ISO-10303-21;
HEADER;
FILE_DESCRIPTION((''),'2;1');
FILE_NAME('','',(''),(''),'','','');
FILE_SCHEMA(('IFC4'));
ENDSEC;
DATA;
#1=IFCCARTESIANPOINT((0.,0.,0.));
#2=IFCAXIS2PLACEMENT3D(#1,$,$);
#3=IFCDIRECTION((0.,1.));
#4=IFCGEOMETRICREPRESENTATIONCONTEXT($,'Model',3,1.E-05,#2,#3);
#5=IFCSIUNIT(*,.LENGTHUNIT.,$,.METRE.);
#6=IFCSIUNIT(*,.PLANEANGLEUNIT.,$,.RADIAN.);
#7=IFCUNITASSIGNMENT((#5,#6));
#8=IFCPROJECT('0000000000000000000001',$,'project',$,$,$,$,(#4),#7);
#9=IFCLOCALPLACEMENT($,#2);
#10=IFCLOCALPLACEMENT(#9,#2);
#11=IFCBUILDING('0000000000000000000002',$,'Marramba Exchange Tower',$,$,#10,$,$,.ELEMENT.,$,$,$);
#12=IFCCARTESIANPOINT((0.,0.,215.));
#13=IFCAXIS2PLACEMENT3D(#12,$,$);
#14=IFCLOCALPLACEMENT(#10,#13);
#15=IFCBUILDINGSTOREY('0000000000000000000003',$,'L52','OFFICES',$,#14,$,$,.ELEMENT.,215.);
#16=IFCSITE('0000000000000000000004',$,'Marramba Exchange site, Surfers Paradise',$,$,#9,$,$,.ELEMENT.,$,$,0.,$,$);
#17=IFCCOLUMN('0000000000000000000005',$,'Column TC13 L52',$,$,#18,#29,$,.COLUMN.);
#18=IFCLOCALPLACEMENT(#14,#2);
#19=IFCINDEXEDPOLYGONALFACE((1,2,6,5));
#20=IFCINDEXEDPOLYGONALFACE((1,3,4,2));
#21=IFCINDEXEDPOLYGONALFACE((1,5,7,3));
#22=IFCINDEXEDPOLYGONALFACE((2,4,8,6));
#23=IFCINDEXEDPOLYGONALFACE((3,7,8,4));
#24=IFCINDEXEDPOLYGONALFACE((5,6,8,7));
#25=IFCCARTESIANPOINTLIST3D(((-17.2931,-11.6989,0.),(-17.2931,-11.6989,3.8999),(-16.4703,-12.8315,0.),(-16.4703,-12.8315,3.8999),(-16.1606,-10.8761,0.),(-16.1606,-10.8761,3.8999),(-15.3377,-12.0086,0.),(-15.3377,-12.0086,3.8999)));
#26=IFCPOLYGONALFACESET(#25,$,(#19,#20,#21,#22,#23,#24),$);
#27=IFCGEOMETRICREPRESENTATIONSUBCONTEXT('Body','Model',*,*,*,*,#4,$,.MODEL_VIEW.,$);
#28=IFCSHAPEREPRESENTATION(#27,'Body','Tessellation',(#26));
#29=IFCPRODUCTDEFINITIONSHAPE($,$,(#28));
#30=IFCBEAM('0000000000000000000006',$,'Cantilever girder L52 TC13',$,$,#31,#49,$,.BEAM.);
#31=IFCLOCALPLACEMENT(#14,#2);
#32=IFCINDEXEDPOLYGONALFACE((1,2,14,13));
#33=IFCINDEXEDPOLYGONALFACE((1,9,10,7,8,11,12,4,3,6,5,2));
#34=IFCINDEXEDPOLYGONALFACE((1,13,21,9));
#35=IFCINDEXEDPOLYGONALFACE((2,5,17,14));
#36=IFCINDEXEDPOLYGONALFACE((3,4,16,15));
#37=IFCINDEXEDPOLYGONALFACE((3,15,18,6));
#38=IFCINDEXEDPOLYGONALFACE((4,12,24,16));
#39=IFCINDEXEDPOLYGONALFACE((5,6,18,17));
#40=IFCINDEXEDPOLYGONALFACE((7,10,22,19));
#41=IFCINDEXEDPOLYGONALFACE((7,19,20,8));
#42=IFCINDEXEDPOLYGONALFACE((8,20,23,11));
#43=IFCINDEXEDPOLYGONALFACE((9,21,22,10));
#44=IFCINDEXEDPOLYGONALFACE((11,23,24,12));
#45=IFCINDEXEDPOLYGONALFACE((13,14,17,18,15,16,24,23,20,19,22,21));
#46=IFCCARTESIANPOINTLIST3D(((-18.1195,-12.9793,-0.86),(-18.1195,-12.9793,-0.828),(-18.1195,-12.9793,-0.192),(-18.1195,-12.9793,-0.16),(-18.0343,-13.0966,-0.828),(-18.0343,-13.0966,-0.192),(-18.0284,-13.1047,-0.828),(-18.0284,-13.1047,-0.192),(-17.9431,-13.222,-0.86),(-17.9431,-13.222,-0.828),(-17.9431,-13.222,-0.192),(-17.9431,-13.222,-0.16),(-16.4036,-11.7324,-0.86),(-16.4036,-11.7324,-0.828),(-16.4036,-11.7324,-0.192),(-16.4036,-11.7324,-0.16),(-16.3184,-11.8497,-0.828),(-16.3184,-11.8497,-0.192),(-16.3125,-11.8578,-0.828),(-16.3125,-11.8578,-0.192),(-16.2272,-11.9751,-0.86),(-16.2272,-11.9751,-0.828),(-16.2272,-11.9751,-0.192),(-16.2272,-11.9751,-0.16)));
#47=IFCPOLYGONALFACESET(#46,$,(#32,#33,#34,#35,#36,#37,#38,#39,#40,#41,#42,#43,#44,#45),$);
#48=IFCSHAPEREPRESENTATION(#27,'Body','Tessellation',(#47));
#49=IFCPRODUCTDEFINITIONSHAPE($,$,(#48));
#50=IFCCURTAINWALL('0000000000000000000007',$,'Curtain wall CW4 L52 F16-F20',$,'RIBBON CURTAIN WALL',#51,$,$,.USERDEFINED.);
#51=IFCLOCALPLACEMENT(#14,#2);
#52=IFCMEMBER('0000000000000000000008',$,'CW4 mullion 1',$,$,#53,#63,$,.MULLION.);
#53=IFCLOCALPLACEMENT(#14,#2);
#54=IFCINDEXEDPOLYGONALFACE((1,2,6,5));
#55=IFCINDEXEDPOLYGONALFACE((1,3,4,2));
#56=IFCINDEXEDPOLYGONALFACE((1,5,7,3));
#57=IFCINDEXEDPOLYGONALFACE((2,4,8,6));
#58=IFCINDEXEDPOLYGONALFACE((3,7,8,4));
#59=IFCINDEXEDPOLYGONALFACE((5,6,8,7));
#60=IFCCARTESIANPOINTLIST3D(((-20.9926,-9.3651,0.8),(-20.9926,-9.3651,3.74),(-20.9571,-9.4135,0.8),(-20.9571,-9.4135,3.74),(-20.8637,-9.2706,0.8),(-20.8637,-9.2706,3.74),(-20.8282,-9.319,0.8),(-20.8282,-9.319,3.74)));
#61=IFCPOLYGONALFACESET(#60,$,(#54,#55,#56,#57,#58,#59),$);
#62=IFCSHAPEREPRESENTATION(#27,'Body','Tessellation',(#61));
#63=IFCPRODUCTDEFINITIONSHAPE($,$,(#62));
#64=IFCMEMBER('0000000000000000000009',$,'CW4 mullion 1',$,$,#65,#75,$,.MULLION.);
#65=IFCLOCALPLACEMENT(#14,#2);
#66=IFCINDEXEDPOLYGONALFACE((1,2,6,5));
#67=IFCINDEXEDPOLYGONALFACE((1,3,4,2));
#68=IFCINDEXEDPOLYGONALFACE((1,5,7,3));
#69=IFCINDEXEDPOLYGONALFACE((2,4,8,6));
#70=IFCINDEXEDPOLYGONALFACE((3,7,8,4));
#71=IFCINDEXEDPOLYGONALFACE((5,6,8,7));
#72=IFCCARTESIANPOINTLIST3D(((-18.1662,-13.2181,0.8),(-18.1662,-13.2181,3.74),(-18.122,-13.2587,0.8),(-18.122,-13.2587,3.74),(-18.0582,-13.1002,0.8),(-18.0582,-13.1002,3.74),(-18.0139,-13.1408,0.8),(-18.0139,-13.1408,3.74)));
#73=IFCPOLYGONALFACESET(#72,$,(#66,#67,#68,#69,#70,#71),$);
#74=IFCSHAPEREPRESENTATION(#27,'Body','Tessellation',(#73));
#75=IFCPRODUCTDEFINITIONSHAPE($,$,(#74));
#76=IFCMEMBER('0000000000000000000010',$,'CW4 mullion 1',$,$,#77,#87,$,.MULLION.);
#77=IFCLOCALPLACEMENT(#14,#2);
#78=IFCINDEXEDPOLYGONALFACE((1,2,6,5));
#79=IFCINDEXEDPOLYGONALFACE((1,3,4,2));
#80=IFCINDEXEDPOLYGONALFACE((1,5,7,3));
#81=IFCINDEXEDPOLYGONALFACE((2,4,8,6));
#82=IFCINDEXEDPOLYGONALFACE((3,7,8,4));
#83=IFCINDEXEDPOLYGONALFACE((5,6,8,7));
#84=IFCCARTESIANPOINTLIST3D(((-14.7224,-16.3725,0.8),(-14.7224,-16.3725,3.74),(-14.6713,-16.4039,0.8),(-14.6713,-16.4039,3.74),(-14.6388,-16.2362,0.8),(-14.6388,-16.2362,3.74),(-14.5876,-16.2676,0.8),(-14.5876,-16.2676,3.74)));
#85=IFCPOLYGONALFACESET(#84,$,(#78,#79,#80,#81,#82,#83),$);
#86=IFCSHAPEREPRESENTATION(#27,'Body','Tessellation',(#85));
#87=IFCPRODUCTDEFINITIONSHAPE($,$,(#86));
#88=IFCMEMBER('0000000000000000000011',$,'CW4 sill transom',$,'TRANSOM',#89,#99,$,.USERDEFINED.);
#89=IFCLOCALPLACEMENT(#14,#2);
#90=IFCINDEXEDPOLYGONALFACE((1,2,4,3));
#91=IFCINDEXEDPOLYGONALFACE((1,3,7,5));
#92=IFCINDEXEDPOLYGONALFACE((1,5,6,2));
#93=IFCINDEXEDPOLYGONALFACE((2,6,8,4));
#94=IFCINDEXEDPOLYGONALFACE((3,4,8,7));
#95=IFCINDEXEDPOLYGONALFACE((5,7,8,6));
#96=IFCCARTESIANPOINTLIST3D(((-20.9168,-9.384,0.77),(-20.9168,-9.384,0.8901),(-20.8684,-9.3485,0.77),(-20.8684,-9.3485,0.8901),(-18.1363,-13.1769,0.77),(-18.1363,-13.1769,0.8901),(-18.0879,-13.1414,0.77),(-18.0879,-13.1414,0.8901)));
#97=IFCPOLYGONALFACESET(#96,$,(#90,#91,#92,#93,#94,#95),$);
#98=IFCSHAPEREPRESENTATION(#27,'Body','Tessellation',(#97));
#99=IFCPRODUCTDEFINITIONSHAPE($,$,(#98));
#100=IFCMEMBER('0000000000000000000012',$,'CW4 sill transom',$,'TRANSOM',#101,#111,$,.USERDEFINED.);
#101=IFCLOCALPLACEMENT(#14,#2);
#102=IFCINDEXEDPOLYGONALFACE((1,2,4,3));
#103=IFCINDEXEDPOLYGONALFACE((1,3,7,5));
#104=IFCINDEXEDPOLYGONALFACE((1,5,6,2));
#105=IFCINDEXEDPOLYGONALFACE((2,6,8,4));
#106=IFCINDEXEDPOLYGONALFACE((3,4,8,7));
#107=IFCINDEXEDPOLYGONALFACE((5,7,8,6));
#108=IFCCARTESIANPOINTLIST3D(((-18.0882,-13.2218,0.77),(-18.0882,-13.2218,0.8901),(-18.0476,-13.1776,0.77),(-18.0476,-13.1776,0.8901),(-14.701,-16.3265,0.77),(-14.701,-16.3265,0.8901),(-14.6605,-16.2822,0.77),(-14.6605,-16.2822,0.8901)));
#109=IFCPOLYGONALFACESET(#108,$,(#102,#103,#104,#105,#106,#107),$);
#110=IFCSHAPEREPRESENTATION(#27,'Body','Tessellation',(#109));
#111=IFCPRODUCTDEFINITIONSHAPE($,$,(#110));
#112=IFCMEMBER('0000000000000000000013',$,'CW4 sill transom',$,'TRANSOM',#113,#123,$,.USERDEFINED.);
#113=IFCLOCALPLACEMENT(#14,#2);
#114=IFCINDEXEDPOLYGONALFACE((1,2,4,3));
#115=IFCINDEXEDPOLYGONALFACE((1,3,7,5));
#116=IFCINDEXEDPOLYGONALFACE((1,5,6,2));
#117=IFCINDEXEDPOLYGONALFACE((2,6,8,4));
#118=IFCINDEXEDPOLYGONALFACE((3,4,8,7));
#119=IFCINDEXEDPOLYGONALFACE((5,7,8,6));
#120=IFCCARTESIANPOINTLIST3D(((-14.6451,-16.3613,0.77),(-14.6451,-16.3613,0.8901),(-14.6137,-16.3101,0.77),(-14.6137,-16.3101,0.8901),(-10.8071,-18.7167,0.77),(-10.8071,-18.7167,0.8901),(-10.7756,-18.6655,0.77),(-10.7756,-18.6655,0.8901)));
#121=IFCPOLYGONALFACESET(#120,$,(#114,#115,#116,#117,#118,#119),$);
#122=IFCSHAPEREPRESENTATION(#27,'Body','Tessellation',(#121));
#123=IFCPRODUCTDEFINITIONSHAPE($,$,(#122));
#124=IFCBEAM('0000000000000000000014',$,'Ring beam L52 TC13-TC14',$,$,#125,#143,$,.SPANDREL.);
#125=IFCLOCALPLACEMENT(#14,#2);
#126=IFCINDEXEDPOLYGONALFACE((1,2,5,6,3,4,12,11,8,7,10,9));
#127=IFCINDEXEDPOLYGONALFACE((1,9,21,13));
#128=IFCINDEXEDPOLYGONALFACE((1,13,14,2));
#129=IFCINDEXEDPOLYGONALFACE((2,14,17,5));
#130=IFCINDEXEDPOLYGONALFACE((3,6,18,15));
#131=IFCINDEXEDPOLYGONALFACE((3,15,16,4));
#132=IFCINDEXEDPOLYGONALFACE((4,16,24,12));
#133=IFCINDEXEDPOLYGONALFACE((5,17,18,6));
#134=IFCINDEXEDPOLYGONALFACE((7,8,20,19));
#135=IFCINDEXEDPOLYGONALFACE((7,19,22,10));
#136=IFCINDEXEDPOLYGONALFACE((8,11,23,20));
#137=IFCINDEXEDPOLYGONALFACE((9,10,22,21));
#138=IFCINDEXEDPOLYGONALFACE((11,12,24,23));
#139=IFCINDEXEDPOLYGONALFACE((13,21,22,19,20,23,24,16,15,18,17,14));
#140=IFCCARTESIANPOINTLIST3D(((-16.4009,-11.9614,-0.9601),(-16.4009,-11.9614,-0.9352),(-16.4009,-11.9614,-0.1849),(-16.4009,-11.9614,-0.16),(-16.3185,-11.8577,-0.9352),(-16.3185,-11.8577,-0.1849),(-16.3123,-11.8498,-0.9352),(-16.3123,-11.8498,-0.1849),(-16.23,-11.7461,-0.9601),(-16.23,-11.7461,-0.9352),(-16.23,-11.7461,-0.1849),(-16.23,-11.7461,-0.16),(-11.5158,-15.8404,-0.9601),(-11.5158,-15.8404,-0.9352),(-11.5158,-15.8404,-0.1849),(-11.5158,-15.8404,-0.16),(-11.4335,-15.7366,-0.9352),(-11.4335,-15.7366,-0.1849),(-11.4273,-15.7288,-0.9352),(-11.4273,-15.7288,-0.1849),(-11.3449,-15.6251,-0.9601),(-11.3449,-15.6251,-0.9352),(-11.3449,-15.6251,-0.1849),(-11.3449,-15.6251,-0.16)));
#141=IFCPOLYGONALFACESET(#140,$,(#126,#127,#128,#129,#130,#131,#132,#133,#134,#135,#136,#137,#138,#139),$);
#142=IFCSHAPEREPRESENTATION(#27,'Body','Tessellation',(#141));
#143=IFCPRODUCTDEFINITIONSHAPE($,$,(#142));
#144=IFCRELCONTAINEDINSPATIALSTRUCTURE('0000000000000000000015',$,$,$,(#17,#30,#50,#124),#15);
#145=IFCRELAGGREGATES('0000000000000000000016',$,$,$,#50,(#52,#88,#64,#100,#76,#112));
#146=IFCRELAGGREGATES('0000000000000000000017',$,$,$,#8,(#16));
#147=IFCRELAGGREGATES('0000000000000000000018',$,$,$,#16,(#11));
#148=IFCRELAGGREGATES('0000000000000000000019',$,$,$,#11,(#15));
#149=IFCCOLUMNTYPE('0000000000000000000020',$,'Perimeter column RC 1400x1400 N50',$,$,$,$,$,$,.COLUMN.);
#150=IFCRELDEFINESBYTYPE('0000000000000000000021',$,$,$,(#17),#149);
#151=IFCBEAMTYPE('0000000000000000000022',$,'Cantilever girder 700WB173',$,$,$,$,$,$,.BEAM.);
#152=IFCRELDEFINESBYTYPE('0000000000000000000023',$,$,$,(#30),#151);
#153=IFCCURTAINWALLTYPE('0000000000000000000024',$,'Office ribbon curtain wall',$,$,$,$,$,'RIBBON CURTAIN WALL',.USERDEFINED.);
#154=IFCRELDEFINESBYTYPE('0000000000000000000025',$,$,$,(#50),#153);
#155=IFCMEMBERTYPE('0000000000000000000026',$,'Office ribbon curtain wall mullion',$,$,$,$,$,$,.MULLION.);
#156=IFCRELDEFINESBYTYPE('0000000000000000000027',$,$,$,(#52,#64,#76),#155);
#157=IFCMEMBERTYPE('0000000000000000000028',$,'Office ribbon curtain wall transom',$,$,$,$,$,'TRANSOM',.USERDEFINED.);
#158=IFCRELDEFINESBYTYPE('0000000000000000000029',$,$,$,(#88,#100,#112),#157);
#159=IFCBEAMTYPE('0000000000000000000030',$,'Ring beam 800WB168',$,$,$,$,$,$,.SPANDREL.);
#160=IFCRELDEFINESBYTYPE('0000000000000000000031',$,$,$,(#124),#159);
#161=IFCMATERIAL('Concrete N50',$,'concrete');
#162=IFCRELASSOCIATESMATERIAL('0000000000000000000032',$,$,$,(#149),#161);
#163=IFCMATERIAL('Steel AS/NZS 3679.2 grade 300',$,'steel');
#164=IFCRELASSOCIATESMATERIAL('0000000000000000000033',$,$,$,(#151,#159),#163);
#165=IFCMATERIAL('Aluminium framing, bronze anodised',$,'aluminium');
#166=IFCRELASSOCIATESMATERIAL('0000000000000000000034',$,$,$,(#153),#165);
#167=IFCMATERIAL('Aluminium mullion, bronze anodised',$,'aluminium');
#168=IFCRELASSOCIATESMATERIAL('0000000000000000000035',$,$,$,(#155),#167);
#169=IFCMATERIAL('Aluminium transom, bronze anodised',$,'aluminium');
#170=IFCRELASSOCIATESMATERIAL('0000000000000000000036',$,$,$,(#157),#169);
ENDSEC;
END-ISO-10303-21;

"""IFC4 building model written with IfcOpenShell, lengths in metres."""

from ifc_helpers import new_model, si_unit, direction, frame, origin, origin_2d, place, context, subcontext, project, spatial, rectangle, i_section, extrude, material, material_profile, profile_set, type_object, element, aggregate, save


model = new_model("IFC4")

# Units and contexts
model_context = context("Model", 3, precision=1e-05, world=origin(), true_north=direction((0.0, 1.0)))
body_context = subcontext(model_context, "Body", "Model", "MODEL_VIEW")
ifc_project = project(units=[si_unit("LENGTHUNIT", "METRE"), si_unit("PLANEANGLEUNIT", "RADIAN")], contexts=[model_context])

# Site, building, storey
site_placement = place(None, origin())
site = spatial("IfcSite", under=ifc_project, at=site_placement, Name="Marramba Exchange site, Surfers Paradise", CompositionType="ELEMENT", RefElevation=0.0)
building_placement = place(site_placement, origin())
building = spatial("IfcBuilding", under=site, at=building_placement, Name="Marramba Exchange Tower", CompositionType="ELEMENT")
storey_placement = place(building_placement, frame((0.0, 0.0, 215.0)))
storey = spatial("IfcBuildingStorey", under=building, at=storey_placement, Name="L52", Description="OFFICES", CompositionType="ELEMENT", Elevation=215.0)

# Column
ifc_material_1 = material(Name="Concrete N50", Category="concrete")
ifc_material_profile_1 = material_profile(ifc_material_1, rectangle(XDim=1.3999, YDim=1.3999, at=origin_2d()), Name="RC 1400x1400")
ifc_profile_set_1 = profile_set([ifc_material_profile_1], Name="Concrete N50")
column_type = type_object("IfcColumnType", Name="Perimeter column RC 1400x1400 N50", PredefinedType="COLUMN", material=ifc_profile_set_1)
column_placement = place(storey_placement, frame((-16.3154, -11.8538, 0.0), z_axis=(0.0, 0.0, 1.0), x_axis=(-0.809017, -0.587785, 0.0)))
element("IfcColumn", 1, at=column_placement, inside=storey, type_object=column_type, Name="Column TC13 L52", PredefinedType="COLUMN", context=body_context, shape_type="SweptSolid", body=[
    extrude(rectangle(XDim=1.3999, YDim=1.3999, at=origin_2d()), origin(), (0.0, 0.0, 1.0), 3.8999),
])

# Beam
ifc_material_2 = material(Name="Steel AS/NZS 3679.2 grade 300", Category="steel")
ifc_material_profile_2 = material_profile(ifc_material_2, i_section(OverallWidth=0.3, OverallDepth=0.7, WebThickness=0.01, FlangeThickness=0.032, at=origin_2d()), Name="700WB173")
ifc_profile_set_2 = profile_set([ifc_material_profile_2], Name="Steel AS/NZS 3679.2 grade 300")
beam_type_1 = type_object("IfcBeamType", Name="Cantilever girder 700WB173", PredefinedType="BEAM", material=ifc_profile_set_2)
beam_1_placement = place(storey_placement, frame((-16.3154, -11.8538, -0.51), z_axis=(-0.80897, -0.58785, 0.0), x_axis=(0.58785, -0.80897, 0.0)))
element("IfcBeam", 2, at=beam_1_placement, inside=storey, type_object=beam_type_1, Name="Cantilever girder L52 TC13", PredefinedType="BEAM", context=body_context, shape_type="SweptSolid", body=[
    extrude(i_section(OverallWidth=0.3, OverallDepth=0.7, WebThickness=0.01, FlangeThickness=0.032, at=origin_2d()), origin(), (0.0, 0.0, 1.0), 2.1211),
])

# Curtain wall, members
ifc_material_3 = material(Name="Aluminium framing, bronze anodised", Category="aluminium")
curtain_wall_type = type_object("IfcCurtainWallType", Name="Office ribbon curtain wall", ElementType="RIBBON CURTAIN WALL", PredefinedType="USERDEFINED", material=ifc_material_3)
curtain_wall_placement = place(storey_placement, origin())
curtain_wall = element("IfcCurtainWall", 3, at=curtain_wall_placement, inside=storey, type_object=curtain_wall_type, Name="Curtain wall CW4 L52 F16-F20", ObjectType="RIBBON CURTAIN WALL", PredefinedType="USERDEFINED")
ifc_material_4 = material(Name="Aluminium mullion, bronze anodised", Category="aluminium")
ifc_material_profile_3 = material_profile(ifc_material_4, rectangle(XDim=0.1599, YDim=0.0601, at=origin_2d()), Name="CW4 mullion 60x160")
ifc_profile_set_3 = profile_set([ifc_material_profile_3], Name="Aluminium mullion, bronze anodised")
member_type_1 = type_object("IfcMemberType", Name="Office ribbon curtain wall mullion", PredefinedType="MULLION", material=ifc_profile_set_3)
member_1_placement = place(storey_placement, frame((-20.9104, -9.342, 0.8), z_axis=(0.0, 0.0, 1.0), x_axis=(0.806508, 0.591223, 0.0)))
member_1 = element("IfcMember", 4, at=member_1_placement, type_object=member_type_1, Name="CW4 mullion 1", PredefinedType="MULLION", context=body_context, shape_type="SweptSolid", body=[
    extrude(rectangle(XDim=0.1599, YDim=0.0601, at=origin_2d()), origin(), (0.0, 0.0, 1.0), 2.9399),
])
member_2_placement = place(storey_placement, frame((-18.0901, -13.1794, 0.8), z_axis=(0.0, 0.0, 1.0), x_axis=(0.675671, 0.737203, 0.0)))
member_2 = element("IfcMember", 5, at=member_2_placement, type_object=member_type_1, Name="CW4 mullion 1", PredefinedType="MULLION", context=body_context, shape_type="SweptSolid", body=[
    extrude(rectangle(XDim=0.1599, YDim=0.0601, at=origin_2d()), origin(), (0.0, 0.0, 1.0), 2.9399),
])
member_3_placement = place(storey_placement, frame((-14.655, -16.3201, 0.8), z_axis=(0.0, 0.0, 1.0), x_axis=(0.523052, 0.852301, 0.0)))
member_3 = element("IfcMember", 6, at=member_3_placement, type_object=member_type_1, Name="CW4 mullion 1", PredefinedType="MULLION", context=body_context, shape_type="SweptSolid", body=[
    extrude(rectangle(XDim=0.1599, YDim=0.0601, at=origin_2d()), origin(), (0.0, 0.0, 1.0), 2.9399),
])
ifc_material_5 = material(Name="Aluminium transom, bronze anodised", Category="aluminium")
ifc_material_profile_4 = material_profile(ifc_material_5, rectangle(XDim=0.0601, YDim=0.1201, at=origin_2d()), Name="CW4 transom 60x120")
ifc_profile_set_4 = profile_set([ifc_material_profile_4], Name="Aluminium transom, bronze anodised")
member_type_2 = type_object("IfcMemberType", Name="Office ribbon curtain wall transom", ElementType="TRANSOM", PredefinedType="USERDEFINED", material=ifc_profile_set_4)
member_4_placement = place(storey_placement, frame((-20.8926, -9.3662, 0.8301), z_axis=(0.591226, -0.806506, 0.0), x_axis=(0.806506, 0.591226, 0.0)))
member_4 = element("IfcMember", 7, at=member_4_placement, type_object=member_type_2, Name="CW4 sill transom", ObjectType="TRANSOM", PredefinedType="USERDEFINED", context=body_context, shape_type="SweptSolid", body=[
    extrude(rectangle(XDim=0.0601, YDim=0.1201, at=origin_2d()), origin(), (0.0, 0.0, 1.0), 4.7029),
])
member_5_placement = place(storey_placement, frame((-18.0679, -13.1997, 0.8301), z_axis=(0.737176, -0.675701, 0.0), x_axis=(0.675701, 0.737176, 0.0)))
member_5 = element("IfcMember", 8, at=member_5_placement, type_object=member_type_2, Name="CW4 sill transom", ObjectType="TRANSOM", PredefinedType="USERDEFINED", context=body_context, shape_type="SweptSolid", body=[
    extrude(rectangle(XDim=0.0601, YDim=0.1201, at=origin_2d()), origin(), (0.0, 0.0, 1.0), 4.5947),
])
member_6_placement = place(storey_placement, frame((-14.6294, -16.3357, 0.8301), z_axis=(0.852298, -0.523056, 0.0), x_axis=(0.523056, 0.852298, 0.0)))
member_6 = element("IfcMember", 9, at=member_6_placement, type_object=member_type_2, Name="CW4 sill transom", ObjectType="TRANSOM", PredefinedType="USERDEFINED", context=body_context, shape_type="SweptSolid", body=[
    extrude(rectangle(XDim=0.0601, YDim=0.1201, at=origin_2d()), origin(), (0.0, 0.0, 1.0), 4.5032),
])

# Beam
ifc_material_profile_5 = material_profile(ifc_material_2, i_section(OverallWidth=0.2749, OverallDepth=0.8, WebThickness=0.01, FlangeThickness=0.0249, at=origin_2d()), Name="800WB168")
ifc_profile_set_5 = profile_set([ifc_material_profile_5], Name="Steel AS/NZS 3679.2 grade 300")
beam_type_2 = type_object("IfcBeamType", Name="Ring beam 800WB168", PredefinedType="SPANDREL", material=ifc_profile_set_5)
beam_2_placement = place(storey_placement, frame((-16.3154, -11.8538, -0.5601), z_axis=(0.783139, -0.621846, 0.0), x_axis=(0.621846, 0.783139, 0.0)))
element("IfcBeam", 10, at=beam_2_placement, inside=storey, type_object=beam_type_2, Name="Ring beam L52 TC13-TC14", PredefinedType="SPANDREL", context=body_context, shape_type="SweptSolid", body=[
    extrude(i_section(OverallWidth=0.2749, OverallDepth=0.8, WebThickness=0.01, FlangeThickness=0.0249, at=origin_2d()), origin(), (0.0, 0.0, 1.0), 6.2378),
])

aggregate(curtain_wall, [member_1, member_4, member_2, member_5, member_3, member_6])

save(model, "model.ifc")
